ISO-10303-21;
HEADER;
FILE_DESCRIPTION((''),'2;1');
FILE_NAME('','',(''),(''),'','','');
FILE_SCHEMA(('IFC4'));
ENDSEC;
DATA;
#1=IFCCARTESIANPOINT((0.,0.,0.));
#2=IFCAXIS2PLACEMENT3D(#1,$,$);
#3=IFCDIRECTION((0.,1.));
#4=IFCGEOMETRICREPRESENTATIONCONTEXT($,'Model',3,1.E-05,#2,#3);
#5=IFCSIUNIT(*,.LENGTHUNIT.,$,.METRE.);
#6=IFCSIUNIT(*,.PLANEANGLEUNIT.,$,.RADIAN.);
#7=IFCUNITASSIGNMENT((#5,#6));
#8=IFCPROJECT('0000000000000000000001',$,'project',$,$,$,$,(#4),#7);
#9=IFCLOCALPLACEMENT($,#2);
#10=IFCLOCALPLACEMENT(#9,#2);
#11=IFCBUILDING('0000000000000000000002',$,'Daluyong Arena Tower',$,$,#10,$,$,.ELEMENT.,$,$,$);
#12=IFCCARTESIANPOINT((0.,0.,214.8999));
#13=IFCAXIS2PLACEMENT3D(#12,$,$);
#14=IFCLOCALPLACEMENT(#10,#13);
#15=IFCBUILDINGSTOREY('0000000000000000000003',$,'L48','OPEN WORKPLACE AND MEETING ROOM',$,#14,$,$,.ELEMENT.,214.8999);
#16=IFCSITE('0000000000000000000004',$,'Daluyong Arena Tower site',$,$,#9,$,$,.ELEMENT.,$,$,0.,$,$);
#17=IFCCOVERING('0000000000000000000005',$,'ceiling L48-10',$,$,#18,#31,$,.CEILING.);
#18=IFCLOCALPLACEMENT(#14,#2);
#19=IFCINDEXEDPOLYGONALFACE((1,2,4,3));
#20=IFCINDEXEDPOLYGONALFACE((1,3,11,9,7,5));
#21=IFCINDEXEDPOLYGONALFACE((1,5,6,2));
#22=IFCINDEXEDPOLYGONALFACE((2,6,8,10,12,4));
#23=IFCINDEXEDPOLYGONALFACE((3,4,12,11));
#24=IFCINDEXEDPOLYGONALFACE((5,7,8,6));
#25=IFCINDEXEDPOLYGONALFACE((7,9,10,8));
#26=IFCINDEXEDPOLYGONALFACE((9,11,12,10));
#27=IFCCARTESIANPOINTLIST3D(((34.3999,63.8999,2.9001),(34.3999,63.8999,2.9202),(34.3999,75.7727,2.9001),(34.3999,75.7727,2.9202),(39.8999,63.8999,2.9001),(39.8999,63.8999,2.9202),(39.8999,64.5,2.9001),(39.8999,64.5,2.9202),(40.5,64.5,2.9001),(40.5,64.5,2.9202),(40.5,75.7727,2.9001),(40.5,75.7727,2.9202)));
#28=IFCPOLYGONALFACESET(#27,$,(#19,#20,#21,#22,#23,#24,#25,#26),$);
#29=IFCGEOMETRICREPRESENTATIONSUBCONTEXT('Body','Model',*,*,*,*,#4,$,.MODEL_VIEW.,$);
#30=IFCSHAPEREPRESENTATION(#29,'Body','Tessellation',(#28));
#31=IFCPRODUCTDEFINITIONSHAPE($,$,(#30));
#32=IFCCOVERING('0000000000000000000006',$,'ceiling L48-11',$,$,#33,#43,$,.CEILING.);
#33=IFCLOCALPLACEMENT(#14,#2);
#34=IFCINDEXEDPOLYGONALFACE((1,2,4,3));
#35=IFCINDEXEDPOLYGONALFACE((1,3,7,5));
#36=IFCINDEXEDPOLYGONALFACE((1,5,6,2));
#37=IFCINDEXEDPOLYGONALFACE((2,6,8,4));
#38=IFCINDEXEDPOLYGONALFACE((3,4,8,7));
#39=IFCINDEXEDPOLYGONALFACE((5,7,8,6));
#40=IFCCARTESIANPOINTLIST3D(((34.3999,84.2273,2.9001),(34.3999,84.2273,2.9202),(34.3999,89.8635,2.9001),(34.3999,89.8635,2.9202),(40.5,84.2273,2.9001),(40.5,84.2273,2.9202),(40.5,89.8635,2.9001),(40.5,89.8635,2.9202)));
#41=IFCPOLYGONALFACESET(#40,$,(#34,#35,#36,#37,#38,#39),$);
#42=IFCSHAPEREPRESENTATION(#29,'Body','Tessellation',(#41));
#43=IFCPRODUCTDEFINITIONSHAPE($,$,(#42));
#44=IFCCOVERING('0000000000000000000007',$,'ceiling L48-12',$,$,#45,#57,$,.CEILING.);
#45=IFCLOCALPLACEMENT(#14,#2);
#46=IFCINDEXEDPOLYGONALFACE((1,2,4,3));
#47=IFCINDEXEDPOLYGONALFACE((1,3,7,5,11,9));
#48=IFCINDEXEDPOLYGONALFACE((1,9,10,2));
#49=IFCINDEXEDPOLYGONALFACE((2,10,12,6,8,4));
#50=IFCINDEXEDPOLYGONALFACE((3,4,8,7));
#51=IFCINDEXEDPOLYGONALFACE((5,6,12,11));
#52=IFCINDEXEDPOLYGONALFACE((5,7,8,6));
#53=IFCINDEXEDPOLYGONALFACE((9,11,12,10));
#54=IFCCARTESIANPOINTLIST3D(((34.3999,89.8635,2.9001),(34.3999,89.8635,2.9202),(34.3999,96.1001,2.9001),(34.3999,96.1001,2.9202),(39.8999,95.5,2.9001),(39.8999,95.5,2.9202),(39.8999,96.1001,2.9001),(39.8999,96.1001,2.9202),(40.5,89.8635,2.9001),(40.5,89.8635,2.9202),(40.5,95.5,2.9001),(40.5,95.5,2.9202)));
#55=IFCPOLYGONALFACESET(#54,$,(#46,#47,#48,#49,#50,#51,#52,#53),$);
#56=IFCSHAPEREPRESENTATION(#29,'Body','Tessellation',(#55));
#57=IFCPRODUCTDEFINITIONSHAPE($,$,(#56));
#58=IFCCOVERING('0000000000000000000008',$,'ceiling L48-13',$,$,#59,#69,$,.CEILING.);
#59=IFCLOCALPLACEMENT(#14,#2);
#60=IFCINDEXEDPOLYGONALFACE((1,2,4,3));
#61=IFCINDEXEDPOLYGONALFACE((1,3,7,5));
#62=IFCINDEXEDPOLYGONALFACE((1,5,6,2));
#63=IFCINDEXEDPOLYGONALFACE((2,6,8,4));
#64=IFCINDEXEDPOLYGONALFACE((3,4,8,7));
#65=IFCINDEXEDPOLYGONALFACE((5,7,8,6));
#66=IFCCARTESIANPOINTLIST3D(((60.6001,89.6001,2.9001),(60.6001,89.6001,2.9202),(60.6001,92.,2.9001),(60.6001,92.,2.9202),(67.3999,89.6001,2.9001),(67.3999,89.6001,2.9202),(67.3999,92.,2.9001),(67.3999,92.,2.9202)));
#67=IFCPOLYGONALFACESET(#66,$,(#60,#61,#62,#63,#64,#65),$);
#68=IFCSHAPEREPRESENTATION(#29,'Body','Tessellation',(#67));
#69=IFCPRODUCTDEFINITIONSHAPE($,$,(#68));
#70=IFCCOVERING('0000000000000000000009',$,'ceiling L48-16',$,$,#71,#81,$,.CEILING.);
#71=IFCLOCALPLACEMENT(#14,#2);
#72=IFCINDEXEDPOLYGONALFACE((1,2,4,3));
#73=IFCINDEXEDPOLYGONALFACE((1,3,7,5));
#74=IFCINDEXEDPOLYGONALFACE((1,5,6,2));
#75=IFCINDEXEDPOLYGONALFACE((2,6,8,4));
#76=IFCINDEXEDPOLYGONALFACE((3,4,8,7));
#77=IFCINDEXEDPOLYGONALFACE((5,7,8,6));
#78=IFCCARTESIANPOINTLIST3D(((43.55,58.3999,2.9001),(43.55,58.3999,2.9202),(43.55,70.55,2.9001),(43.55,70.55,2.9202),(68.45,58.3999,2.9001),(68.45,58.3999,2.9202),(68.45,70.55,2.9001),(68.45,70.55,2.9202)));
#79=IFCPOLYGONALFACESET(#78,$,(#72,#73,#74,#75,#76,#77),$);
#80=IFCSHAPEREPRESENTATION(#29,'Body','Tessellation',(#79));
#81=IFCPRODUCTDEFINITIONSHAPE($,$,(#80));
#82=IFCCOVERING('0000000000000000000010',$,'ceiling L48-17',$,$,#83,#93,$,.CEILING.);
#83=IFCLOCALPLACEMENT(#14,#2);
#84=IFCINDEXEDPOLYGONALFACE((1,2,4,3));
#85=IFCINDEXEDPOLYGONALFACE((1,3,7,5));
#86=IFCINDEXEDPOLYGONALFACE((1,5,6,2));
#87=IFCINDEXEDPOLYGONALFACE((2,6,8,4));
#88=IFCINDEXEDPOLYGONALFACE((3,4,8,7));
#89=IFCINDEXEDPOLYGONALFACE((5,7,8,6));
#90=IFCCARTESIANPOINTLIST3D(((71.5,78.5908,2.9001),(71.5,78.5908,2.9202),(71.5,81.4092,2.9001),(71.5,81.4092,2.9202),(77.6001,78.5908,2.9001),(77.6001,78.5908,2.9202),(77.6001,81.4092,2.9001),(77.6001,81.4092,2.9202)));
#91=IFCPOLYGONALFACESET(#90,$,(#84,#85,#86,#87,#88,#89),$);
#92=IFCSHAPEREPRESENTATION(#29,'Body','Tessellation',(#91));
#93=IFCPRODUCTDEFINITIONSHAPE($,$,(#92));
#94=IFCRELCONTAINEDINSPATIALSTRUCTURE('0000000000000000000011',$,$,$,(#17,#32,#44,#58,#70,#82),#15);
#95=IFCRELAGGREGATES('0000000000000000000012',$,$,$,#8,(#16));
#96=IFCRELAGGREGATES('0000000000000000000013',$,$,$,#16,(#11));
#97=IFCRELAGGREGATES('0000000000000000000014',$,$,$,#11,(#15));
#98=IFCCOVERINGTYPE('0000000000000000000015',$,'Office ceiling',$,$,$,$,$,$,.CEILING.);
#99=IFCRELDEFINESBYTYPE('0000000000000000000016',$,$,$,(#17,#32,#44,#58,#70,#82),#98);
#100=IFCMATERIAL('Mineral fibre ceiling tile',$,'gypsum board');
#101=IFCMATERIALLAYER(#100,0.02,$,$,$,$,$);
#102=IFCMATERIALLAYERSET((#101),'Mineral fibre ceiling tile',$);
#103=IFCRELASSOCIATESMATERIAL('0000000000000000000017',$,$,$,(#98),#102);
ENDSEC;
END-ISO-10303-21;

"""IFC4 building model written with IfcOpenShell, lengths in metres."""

from ifc_helpers import new_model, si_unit, direction, frame, origin, place, context, subcontext, project, spatial, polyline, outline, extrude, material, layer, layer_set, type_object, element, save


model = new_model("IFC4")

# Units and contexts
model_context = context("Model", 3, precision=1e-05, world=origin(), true_north=direction((0.0, 1.0)))
body_context = subcontext(model_context, "Body", "Model", "MODEL_VIEW")
ifc_project = project(units=[si_unit("LENGTHUNIT", "METRE"), si_unit("PLANEANGLEUNIT", "RADIAN")], contexts=[model_context])

# Site, building, storey
site_placement = place(None, origin())
site = spatial("IfcSite", under=ifc_project, at=site_placement, Name="Daluyong Arena Tower site", CompositionType="ELEMENT", RefElevation=0.0)
building_placement = place(site_placement, origin())
building = spatial("IfcBuilding", under=site, at=building_placement, Name="Daluyong Arena Tower", CompositionType="ELEMENT")
storey_placement = place(building_placement, frame((0.0, 0.0, 214.8999)))
storey = spatial("IfcBuildingStorey", under=building, at=storey_placement, Name="L48", Description="OPEN WORKPLACE AND MEETING ROOM", CompositionType="ELEMENT", Elevation=214.8999)

# Coverings
ifc_material_1 = material(Name="Mineral fibre ceiling tile", Category="gypsum board")
ifc_layer_1 = layer(ifc_material_1, 0.02)
ifc_layer_set_1 = layer_set([ifc_layer_1], Name="Mineral fibre ceiling tile")
covering_type = type_object("IfcCoveringType", Name="Office ceiling", PredefinedType="CEILING", material=ifc_layer_set_1)
covering_1_placement = place(storey_placement, frame((0.0, 0.0, 2.9001)))
element("IfcCovering", 1, at=covering_1_placement, inside=storey, type_object=covering_type, Name="ceiling L48-10", PredefinedType="CEILING", context=body_context, shape_type="SweptSolid", body=[
    extrude(outline(polyline([(34.3999, 63.8999), (39.8999, 63.8999), (39.8999, 64.5), (40.5, 64.5), (40.5, 75.7727), (34.3999, 75.7727), (34.3999, 63.8999)])), origin(), (0.0, 0.0, 1.0), 0.02),
])
covering_2_placement = place(storey_placement, frame((0.0, 0.0, 2.9001)))
element("IfcCovering", 2, at=covering_2_placement, inside=storey, type_object=covering_type, Name="ceiling L48-11", PredefinedType="CEILING", context=body_context, shape_type="SweptSolid", body=[
    extrude(outline(polyline([(40.5, 89.8635), (34.3999, 89.8635), (34.3999, 84.2273), (40.5, 84.2273), (40.5, 89.8635)])), origin(), (0.0, 0.0, 1.0), 0.02),
])
covering_3_placement = place(storey_placement, frame((0.0, 0.0, 2.9001)))
element("IfcCovering", 3, at=covering_3_placement, inside=storey, type_object=covering_type, Name="ceiling L48-12", PredefinedType="CEILING", context=body_context, shape_type="SweptSolid", body=[
    extrude(outline(polyline([(40.5, 89.8635), (40.5, 95.5), (39.8999, 95.5), (39.8999, 96.1001), (34.3999, 96.1001), (34.3999, 89.8635), (40.5, 89.8635)])), origin(), (0.0, 0.0, 1.0), 0.02),
])
covering_4_placement = place(storey_placement, frame((0.0, 0.0, 2.9001)))
element("IfcCovering", 4, at=covering_4_placement, inside=storey, type_object=covering_type, Name="ceiling L48-13", PredefinedType="CEILING", context=body_context, shape_type="SweptSolid", body=[
    extrude(outline(polyline([(60.6001, 89.6001), (67.3999, 89.6001), (67.3999, 92.0), (60.6001, 92.0), (60.6001, 89.6001)])), origin(), (0.0, 0.0, 1.0), 0.02),
])
covering_5_placement = place(storey_placement, frame((0.0, 0.0, 2.9001)))
element("IfcCovering", 5, at=covering_5_placement, inside=storey, type_object=covering_type, Name="ceiling L48-16", PredefinedType="CEILING", context=body_context, shape_type="SweptSolid", body=[
    extrude(outline(polyline([(43.55, 58.3999), (68.45, 58.3999), (68.45, 70.55), (43.55, 70.55), (43.55, 58.3999)])), origin(), (0.0, 0.0, 1.0), 0.02),
])
covering_6_placement = place(storey_placement, frame((0.0, 0.0, 2.9001)))
element("IfcCovering", 6, at=covering_6_placement, inside=storey, type_object=covering_type, Name="ceiling L48-17", PredefinedType="CEILING", context=body_context, shape_type="SweptSolid", body=[
    extrude(outline(polyline([(77.6001, 78.5908), (77.6001, 81.4092), (71.5, 81.4092), (71.5, 78.5908), (77.6001, 78.5908)])), origin(), (0.0, 0.0, 1.0), 0.02),
])

save(model, "model.ifc")
